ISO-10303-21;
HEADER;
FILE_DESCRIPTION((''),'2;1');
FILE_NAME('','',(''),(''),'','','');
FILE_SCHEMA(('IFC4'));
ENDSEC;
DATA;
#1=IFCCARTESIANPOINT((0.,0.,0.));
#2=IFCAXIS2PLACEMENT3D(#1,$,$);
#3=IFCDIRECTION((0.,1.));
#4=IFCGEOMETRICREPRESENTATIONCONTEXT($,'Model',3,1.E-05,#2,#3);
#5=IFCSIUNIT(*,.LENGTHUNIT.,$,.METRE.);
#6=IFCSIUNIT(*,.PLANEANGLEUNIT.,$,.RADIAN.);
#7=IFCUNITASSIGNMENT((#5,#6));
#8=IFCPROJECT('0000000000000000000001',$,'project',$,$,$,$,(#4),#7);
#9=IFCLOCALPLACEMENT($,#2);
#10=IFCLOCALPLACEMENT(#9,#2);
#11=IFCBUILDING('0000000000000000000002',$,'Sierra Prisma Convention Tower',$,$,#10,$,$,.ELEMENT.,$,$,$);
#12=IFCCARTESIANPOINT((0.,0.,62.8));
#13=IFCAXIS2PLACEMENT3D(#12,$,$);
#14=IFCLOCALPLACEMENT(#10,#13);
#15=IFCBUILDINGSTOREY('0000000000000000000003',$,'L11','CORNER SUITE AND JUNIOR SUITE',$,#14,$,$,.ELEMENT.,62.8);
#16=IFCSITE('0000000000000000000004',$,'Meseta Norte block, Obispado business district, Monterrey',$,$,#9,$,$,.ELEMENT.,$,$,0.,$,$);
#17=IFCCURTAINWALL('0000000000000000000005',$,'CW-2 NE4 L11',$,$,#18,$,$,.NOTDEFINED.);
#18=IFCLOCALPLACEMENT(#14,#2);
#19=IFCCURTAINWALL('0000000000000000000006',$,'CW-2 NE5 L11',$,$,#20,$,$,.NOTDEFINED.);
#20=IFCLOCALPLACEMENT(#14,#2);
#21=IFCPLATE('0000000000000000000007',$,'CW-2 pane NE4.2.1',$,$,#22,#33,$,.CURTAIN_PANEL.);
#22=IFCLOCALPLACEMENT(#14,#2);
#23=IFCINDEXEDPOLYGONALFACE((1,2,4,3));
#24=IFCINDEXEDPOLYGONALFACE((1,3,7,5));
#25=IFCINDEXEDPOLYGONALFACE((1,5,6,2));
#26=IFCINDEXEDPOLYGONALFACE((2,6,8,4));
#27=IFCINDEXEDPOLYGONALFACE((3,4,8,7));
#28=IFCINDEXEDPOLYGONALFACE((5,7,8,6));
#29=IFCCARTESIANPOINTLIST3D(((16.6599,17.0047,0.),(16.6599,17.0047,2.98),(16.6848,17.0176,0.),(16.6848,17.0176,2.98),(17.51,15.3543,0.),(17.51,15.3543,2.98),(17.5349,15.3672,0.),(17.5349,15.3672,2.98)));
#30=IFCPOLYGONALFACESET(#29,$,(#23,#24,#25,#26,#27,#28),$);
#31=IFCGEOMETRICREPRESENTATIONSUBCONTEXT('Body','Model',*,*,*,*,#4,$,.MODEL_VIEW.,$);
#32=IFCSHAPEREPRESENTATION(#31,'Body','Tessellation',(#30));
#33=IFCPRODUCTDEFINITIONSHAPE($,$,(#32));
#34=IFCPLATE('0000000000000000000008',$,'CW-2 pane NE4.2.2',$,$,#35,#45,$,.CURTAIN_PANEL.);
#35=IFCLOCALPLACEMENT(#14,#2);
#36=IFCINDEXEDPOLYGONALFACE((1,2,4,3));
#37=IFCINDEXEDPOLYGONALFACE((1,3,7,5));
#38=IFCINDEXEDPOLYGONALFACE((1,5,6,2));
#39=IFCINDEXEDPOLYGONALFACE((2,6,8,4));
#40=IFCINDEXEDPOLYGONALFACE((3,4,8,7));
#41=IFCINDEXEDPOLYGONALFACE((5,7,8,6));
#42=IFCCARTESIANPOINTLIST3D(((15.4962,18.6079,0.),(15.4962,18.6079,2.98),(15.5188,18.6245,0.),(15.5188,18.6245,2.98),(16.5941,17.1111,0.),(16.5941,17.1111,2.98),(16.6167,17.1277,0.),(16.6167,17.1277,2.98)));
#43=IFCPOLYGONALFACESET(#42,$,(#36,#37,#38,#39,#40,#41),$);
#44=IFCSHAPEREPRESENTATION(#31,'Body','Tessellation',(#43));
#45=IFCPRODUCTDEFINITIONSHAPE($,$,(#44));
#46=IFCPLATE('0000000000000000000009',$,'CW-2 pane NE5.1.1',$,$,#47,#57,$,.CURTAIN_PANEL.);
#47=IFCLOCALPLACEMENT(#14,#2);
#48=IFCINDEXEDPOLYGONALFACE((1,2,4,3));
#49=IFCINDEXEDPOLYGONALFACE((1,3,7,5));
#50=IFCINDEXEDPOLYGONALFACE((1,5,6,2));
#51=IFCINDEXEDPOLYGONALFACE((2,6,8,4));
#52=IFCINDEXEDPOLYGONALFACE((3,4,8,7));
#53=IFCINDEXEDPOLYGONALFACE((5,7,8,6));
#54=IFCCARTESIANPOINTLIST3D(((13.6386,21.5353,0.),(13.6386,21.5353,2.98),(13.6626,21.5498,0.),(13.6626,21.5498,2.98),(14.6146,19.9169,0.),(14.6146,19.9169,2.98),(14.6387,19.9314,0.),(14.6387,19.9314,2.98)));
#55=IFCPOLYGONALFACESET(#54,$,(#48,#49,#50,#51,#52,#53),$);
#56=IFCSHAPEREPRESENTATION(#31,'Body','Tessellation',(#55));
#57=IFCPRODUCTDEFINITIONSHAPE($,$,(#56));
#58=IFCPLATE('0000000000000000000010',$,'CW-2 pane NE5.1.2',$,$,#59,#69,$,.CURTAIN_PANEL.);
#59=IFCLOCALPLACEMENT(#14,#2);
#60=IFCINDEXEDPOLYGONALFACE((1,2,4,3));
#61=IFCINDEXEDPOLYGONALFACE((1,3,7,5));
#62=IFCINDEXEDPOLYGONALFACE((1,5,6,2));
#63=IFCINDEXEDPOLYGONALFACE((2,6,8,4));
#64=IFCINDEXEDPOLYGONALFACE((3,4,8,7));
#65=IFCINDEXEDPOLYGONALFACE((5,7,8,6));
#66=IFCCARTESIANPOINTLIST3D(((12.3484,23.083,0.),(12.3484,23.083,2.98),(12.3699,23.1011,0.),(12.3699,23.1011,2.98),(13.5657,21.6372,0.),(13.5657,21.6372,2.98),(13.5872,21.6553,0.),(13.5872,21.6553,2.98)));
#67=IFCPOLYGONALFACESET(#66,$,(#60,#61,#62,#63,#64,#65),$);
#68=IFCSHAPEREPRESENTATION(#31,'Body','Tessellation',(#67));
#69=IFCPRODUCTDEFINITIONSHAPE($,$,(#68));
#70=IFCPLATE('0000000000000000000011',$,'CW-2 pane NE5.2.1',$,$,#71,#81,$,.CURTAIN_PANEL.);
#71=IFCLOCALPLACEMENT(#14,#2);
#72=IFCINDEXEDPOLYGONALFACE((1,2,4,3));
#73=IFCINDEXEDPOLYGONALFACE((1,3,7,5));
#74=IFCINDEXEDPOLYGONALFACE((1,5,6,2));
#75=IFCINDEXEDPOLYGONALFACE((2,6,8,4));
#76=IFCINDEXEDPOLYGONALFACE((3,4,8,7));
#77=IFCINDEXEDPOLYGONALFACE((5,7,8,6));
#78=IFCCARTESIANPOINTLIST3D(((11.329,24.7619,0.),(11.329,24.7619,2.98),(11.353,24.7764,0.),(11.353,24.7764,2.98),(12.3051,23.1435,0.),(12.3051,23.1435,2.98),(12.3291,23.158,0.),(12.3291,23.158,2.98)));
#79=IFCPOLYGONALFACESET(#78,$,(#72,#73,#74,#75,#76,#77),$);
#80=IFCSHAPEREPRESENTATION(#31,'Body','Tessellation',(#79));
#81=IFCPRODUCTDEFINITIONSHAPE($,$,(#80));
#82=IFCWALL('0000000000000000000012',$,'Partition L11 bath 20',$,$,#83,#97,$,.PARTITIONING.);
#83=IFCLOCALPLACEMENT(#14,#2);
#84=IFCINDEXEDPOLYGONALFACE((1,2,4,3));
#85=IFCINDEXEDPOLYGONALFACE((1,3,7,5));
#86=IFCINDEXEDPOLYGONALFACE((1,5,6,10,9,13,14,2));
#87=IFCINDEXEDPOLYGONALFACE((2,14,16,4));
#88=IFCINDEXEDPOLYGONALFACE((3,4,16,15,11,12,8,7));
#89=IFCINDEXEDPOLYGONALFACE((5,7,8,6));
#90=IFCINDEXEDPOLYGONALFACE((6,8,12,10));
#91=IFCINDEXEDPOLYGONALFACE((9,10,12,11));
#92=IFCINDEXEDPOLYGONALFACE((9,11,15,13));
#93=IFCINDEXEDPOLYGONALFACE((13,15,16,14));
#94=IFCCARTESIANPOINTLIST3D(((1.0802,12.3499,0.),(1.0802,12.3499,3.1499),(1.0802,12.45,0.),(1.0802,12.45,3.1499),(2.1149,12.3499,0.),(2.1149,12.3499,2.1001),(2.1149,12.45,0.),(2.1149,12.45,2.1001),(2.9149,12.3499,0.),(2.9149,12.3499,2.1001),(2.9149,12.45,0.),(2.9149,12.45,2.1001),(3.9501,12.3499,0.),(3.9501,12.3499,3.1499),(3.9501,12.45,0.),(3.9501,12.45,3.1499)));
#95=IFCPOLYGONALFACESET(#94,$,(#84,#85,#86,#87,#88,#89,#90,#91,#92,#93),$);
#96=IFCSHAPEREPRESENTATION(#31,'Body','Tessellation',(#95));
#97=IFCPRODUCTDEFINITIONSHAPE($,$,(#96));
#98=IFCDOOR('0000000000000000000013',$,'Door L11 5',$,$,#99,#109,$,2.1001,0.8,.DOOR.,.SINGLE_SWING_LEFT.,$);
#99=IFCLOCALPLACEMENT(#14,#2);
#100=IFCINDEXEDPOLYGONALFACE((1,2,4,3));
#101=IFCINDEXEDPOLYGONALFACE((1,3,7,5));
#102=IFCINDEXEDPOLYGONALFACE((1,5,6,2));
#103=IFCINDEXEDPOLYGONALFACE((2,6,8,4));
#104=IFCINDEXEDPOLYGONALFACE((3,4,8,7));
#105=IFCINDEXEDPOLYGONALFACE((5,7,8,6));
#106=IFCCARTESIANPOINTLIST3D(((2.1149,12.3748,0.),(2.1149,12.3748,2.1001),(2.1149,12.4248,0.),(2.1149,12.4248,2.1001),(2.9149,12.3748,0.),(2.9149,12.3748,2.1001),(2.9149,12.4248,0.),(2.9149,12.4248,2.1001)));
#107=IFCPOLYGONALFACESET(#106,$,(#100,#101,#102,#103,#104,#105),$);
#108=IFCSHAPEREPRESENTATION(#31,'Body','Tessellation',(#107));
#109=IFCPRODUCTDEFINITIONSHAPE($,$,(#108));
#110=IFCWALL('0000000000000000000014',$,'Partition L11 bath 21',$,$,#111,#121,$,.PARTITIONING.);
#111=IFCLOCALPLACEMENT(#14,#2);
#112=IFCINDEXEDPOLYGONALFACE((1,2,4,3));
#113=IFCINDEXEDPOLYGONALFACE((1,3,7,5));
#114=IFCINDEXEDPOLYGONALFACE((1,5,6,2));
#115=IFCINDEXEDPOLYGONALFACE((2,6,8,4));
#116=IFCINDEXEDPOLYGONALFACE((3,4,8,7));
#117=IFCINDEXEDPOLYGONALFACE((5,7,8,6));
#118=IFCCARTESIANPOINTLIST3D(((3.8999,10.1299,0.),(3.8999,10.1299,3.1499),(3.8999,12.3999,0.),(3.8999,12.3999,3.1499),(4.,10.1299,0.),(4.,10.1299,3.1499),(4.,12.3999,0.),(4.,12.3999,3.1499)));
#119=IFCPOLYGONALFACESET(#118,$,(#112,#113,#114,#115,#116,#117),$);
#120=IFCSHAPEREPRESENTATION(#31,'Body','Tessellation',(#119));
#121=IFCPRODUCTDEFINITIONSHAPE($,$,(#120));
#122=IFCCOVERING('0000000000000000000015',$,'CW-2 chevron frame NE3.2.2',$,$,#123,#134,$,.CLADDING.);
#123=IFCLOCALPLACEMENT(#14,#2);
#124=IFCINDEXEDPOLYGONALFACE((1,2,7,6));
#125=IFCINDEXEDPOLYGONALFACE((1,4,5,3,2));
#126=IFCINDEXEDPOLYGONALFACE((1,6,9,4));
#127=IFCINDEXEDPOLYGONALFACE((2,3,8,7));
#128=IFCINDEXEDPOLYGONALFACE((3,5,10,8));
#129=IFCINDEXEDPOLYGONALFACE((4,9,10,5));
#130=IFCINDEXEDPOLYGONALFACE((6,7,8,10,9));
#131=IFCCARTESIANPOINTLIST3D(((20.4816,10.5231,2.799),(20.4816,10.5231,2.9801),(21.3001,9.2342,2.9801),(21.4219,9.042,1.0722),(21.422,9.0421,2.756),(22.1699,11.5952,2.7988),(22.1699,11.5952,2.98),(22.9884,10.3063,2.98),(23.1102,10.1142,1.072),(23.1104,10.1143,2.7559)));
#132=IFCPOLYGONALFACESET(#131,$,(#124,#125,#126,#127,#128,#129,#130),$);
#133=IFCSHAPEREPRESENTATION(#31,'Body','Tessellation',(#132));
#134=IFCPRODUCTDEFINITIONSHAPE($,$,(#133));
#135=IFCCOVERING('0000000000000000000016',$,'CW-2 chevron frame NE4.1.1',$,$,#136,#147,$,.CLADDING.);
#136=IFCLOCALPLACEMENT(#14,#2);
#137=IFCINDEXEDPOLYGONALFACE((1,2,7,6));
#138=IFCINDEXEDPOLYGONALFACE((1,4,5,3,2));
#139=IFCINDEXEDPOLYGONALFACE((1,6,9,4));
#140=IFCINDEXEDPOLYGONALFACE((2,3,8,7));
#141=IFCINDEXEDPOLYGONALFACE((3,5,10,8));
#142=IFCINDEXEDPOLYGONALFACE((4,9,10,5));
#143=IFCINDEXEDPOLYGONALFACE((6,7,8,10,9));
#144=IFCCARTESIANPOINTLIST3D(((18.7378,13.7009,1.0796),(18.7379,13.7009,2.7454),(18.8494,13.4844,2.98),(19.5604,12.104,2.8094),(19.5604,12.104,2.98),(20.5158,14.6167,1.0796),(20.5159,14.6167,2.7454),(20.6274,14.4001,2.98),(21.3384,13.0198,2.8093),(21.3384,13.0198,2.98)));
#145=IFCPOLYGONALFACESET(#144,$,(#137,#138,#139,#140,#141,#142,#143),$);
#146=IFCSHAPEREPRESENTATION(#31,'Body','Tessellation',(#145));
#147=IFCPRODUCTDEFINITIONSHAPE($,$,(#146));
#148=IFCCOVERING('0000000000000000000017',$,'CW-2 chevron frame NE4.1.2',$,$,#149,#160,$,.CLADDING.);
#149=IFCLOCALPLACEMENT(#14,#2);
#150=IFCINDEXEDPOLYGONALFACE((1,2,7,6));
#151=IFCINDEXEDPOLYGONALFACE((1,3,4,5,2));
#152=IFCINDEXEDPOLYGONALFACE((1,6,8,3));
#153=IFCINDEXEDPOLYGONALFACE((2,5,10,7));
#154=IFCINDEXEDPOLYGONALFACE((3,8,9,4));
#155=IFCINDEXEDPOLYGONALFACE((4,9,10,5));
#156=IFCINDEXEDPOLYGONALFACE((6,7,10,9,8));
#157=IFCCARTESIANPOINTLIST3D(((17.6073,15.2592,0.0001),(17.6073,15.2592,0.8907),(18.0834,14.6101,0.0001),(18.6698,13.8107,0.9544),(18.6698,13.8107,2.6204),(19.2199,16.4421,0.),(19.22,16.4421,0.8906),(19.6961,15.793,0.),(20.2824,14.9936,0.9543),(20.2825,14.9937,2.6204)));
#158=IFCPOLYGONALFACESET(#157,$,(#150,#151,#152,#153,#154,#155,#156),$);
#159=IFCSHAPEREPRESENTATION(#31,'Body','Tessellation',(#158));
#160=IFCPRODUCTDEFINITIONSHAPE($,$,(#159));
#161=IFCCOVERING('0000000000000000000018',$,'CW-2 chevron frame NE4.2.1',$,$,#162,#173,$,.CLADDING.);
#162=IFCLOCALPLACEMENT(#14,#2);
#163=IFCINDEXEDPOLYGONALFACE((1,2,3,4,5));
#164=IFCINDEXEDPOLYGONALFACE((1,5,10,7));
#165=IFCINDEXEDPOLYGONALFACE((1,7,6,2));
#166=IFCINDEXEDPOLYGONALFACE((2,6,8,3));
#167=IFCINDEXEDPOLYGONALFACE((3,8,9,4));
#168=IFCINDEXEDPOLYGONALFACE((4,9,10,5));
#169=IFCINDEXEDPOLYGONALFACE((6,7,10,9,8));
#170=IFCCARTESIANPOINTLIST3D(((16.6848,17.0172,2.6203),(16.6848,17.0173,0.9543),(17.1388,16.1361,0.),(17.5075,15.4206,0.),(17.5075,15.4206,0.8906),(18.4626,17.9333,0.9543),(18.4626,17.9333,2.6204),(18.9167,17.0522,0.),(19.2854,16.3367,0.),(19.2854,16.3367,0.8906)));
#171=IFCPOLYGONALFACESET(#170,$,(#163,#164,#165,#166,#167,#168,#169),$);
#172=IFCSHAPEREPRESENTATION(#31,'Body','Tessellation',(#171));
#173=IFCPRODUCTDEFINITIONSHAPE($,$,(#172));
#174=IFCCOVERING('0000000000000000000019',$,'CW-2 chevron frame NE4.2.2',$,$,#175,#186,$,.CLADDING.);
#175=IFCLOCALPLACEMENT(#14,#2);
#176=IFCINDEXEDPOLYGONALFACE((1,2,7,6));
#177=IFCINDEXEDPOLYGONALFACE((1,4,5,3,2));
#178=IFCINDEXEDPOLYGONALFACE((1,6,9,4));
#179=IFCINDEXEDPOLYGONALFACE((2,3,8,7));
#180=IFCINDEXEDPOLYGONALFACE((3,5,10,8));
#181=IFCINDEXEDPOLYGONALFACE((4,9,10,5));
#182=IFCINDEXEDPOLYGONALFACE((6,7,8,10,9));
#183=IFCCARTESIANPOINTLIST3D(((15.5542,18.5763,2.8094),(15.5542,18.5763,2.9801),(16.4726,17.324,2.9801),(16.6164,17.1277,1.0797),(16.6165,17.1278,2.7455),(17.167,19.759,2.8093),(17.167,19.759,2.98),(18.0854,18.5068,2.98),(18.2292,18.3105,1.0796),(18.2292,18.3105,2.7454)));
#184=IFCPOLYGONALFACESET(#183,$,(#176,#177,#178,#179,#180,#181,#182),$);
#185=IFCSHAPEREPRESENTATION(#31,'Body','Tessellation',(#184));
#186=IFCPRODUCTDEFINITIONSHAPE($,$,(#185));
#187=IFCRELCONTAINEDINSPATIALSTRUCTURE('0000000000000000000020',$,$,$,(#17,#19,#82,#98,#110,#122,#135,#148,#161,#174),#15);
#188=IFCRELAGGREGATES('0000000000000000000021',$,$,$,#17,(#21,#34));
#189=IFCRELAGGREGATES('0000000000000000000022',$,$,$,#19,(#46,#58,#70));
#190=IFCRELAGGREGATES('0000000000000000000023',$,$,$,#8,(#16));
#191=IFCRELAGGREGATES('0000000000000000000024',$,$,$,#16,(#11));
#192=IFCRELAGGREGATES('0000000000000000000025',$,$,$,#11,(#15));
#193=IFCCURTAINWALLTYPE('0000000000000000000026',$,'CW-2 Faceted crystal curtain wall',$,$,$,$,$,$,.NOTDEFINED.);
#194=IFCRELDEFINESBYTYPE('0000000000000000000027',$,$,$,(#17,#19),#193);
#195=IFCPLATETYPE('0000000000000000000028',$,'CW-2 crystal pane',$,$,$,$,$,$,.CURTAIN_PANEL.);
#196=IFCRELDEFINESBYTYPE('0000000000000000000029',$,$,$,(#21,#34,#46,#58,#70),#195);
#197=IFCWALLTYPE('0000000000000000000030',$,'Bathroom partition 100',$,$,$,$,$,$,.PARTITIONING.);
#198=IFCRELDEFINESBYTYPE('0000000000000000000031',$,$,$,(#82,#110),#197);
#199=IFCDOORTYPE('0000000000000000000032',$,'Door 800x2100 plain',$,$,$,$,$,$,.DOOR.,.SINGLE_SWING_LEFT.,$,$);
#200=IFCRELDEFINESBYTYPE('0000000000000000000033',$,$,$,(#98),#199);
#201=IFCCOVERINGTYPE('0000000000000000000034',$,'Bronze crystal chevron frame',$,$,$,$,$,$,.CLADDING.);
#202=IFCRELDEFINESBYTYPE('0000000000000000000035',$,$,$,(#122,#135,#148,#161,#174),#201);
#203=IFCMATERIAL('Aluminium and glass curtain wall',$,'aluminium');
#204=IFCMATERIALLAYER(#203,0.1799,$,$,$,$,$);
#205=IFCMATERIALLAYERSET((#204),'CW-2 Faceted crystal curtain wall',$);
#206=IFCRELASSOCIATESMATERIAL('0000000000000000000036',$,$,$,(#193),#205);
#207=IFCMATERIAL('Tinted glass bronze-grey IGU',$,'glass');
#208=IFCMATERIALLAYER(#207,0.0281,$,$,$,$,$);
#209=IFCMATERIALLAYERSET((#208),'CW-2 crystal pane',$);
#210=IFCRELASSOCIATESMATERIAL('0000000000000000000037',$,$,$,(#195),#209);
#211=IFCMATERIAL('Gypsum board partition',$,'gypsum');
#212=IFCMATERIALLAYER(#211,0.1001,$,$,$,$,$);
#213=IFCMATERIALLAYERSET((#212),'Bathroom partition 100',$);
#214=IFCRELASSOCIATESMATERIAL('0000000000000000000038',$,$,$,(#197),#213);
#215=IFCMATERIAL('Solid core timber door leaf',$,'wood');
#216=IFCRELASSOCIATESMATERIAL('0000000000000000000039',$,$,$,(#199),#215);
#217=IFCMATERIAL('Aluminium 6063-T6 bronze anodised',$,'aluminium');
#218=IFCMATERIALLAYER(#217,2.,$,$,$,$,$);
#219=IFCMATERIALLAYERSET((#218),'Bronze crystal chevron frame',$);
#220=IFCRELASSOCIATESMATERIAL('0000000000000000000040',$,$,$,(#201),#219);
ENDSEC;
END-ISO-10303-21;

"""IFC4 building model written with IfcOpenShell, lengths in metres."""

from ifc_helpers import new_model, si_unit, direction, frame, frame_2d, origin, place, context, subcontext, project, spatial, polyline, rectangle, outline, extrude, material, layer, layer_set, type_object, element, fill, aggregate, save


model = new_model("IFC4")

# Units and contexts
model_context = context("Model", 3, precision=1e-05, world=origin(), true_north=direction((0.0, 1.0)))
body_context = subcontext(model_context, "Body", "Model", "MODEL_VIEW")
ifc_project = project(units=[si_unit("LENGTHUNIT", "METRE"), si_unit("PLANEANGLEUNIT", "RADIAN")], contexts=[model_context])

# Site, building, storey
site_placement = place(None, origin())
site = spatial("IfcSite", under=ifc_project, at=site_placement, Name="Meseta Norte block, Obispado business district, Monterrey", CompositionType="ELEMENT", RefElevation=0.0)
building_placement = place(site_placement, origin())
building = spatial("IfcBuilding", under=site, at=building_placement, Name="Sierra Prisma Convention Tower", CompositionType="ELEMENT")
storey_placement = place(building_placement, frame((0.0, 0.0, 62.8)))
storey = spatial("IfcBuildingStorey", under=building, at=storey_placement, Name="L11", Description="CORNER SUITE AND JUNIOR SUITE", CompositionType="ELEMENT", Elevation=62.8)

# Curtain wall
ifc_material_1 = material(Name="Aluminium and glass curtain wall", Category="aluminium")
ifc_layer_1 = layer(ifc_material_1, 0.1799)
ifc_layer_set_1 = layer_set([ifc_layer_1], Name="CW-2 Faceted crystal curtain wall")
curtain_wall_type = type_object("IfcCurtainWallType", Name="CW-2 Faceted crystal curtain wall", PredefinedType="NOTDEFINED", material=ifc_layer_set_1)
curtain_wall_1_placement = place(storey_placement, origin())
curtain_wall_1 = element("IfcCurtainWall", 1, at=curtain_wall_1_placement, inside=storey, type_object=curtain_wall_type, Name="CW-2 NE4 L11", PredefinedType="NOTDEFINED")

# Curtain wall
curtain_wall_2_placement = place(storey_placement, origin())
curtain_wall_2 = element("IfcCurtainWall", 2, at=curtain_wall_2_placement, inside=storey, type_object=curtain_wall_type, Name="CW-2 NE5 L11", PredefinedType="NOTDEFINED")

# Shared definitions
ifc_material_2 = material(Name="Tinted glass bronze-grey IGU", Category="glass")
ifc_layer_2 = layer(ifc_material_2, 0.0281)
ifc_layer_set_2 = layer_set([ifc_layer_2], Name="CW-2 crystal pane")
plate_type = type_object("IfcPlateType", Name="CW-2 crystal pane", PredefinedType="CURTAIN_PANEL", material=ifc_layer_set_2)

# Plates
plate_1_placement = place(storey_placement, frame((17.5349, 15.3672, 0.0), z_axis=(0.888997, 0.457912, 0.0), x_axis=(-0.457912, 0.888997, 0.0)))
plate_1 = element("IfcPlate", 3, at=plate_1_placement, type_object=plate_type, Name="CW-2 pane NE4.2.1", PredefinedType="CURTAIN_PANEL", context=body_context, shape_type="SweptSolid", body=[
    extrude(outline(polyline([(0.0, 0.0), (1.8565, 0.0), (1.8565, 2.98), (0.0, 2.98), (0.0, 0.0)])), origin(), (0.0, 0.0, -1.0), 0.0281),
])
plate_2_placement = place(storey_placement, frame((15.5188, 18.6245, 0.0), z_axis=(0.806346, 0.591443, 0.0), x_axis=(0.591443, -0.806346, 0.0)))
plate_2 = element("IfcPlate", 4, at=plate_2_placement, type_object=plate_type, Name="CW-2 pane NE4.2.2", PredefinedType="CURTAIN_PANEL", context=body_context, shape_type="SweptSolid", body=[
    extrude(outline(polyline([(0.0, 0.0), (1.8563, 0.0), (1.8563, -2.98), (0.0, -2.98), (0.0, 0.0)])), origin(), (0.0, 0.0, -1.0), 0.0281),
])
aggregate(curtain_wall_1, [plate_1, plate_2])
plate_3_placement = place(storey_placement, frame((14.6387, 19.9314, 0.0), z_axis=(0.856317, 0.516451, 0.0), x_axis=(-0.516451, 0.856317, 0.0)))
plate_3 = element("IfcPlate", 5, at=plate_3_placement, type_object=plate_type, Name="CW-2 pane NE5.1.1", PredefinedType="CURTAIN_PANEL", context=body_context, shape_type="SweptSolid", body=[
    extrude(outline(polyline([(0.0, 0.0), (1.89, 0.0), (1.89, 2.98), (0.0, 2.98), (0.0, 0.0)])), origin(), (0.0, 0.0, -1.0), 0.0281),
])
plate_4_placement = place(storey_placement, frame((12.3699, 23.1011, 0.0), z_axis=(0.764971, 0.644064, 0.0), x_axis=(0.644064, -0.764971, 0.0)))
plate_4 = element("IfcPlate", 6, at=plate_4_placement, type_object=plate_type, Name="CW-2 pane NE5.1.2", PredefinedType="CURTAIN_PANEL", context=body_context, shape_type="SweptSolid", body=[
    extrude(outline(polyline([(0.0, 0.0), (1.89, 0.0), (1.89, -2.98), (0.0, -2.98), (0.0, 0.0)])), origin(), (0.0, 0.0, -1.0), 0.0281),
])
plate_5_placement = place(storey_placement, frame((12.3291, 23.158, 0.0), z_axis=(0.856317, 0.516451, 0.0), x_axis=(-0.516451, 0.856317, 0.0)))
plate_5 = element("IfcPlate", 7, at=plate_5_placement, type_object=plate_type, Name="CW-2 pane NE5.2.1", PredefinedType="CURTAIN_PANEL", context=body_context, shape_type="SweptSolid", body=[
    extrude(outline(polyline([(0.0, 0.0), (1.89, 0.0), (1.89, 2.98), (0.0, 2.98), (0.0, 0.0)])), origin(), (0.0, 0.0, -1.0), 0.0281),
])
aggregate(curtain_wall_2, [plate_3, plate_4, plate_5])

# Wall, opening, door
ifc_material_3 = material(Name="Gypsum board partition", Category="gypsum")
ifc_layer_3 = layer(ifc_material_3, 0.1001)
ifc_layer_set_3 = layer_set([ifc_layer_3], Name="Bathroom partition 100")
wall_type = type_object("IfcWallType", Name="Bathroom partition 100", PredefinedType="PARTITIONING", material=ifc_layer_set_3)
wall_1_placement = place(storey_placement, frame((1.0801, 12.3999, 0.0), z_axis=(0.0, 0.0, 1.0), x_axis=(1.0, 0.0, 0.0)))
wall_1 = element("IfcWall", 8, at=wall_1_placement, inside=storey, type_object=wall_type, Name="Partition L11 bath 20", PredefinedType="PARTITIONING", context=body_context, shape_type="SweptSolid", body=[
    extrude(rectangle(XDim=2.8699, YDim=0.1001, at=frame_2d((1.4351, 0.0))), origin(), (0.0, 0.0, 1.0), 3.1499),
])
opening_placement = place(wall_1_placement, frame((1.0349, 0.0, 0.0)))
opening = element("IfcOpeningElement", 9, at=opening_placement, cuts=wall_1, PredefinedType="OPENING", context=body_context, shape_type="SweptSolid", body=[
    extrude(rectangle(XDim=0.8, YDim=2.1001, at=frame_2d((0.3999, 1.05))), frame((0.0, 0.05, 0.0), z_axis=(0.0, -1.0, 0.0), x_axis=(1.0, 0.0, 0.0)), (0.0, 0.0, 1.0), 0.1001),
])
ifc_material_4 = material(Name="Solid core timber door leaf", Category="wood")
door_type = type_object("IfcDoorType", Name="Door 800x2100 plain", OperationType="SINGLE_SWING_LEFT", PredefinedType="DOOR", material=ifc_material_4)
door_placement = place(opening_placement, origin())
door = element("IfcDoor", 10, at=door_placement, inside=storey, type_object=door_type, Name="Door L11 5", OperationType="SINGLE_SWING_LEFT", OverallHeight=2.1001, OverallWidth=0.8, PredefinedType="DOOR", context=body_context, shape_type="SweptSolid", body=[
    extrude(rectangle(XDim=0.8, YDim=2.1001, at=frame_2d((0.3999, 1.05))), frame((0.0, 0.0249, 0.0), z_axis=(0.0, -1.0, 0.0), x_axis=(1.0, 0.0, 0.0)), (0.0, 0.0, 1.0), 0.05),
])
fill(opening, door)

# Wall
wall_2_placement = place(storey_placement, frame((3.95, 12.3999, 0.0), z_axis=(0.0, 0.0, 1.0), x_axis=(0.0, -1.0, 0.0)))
element("IfcWall", 11, at=wall_2_placement, inside=storey, type_object=wall_type, Name="Partition L11 bath 21", PredefinedType="PARTITIONING", context=body_context, shape_type="SweptSolid", body=[
    extrude(rectangle(XDim=2.27, YDim=0.1001, at=frame_2d((1.135, 0.0))), origin(), (0.0, 0.0, 1.0), 3.1499),
])

# Coverings
ifc_material_5 = material(Name="Aluminium 6063-T6 bronze anodised", Category="aluminium")
ifc_layer_4 = layer(ifc_material_5, 2.0)
ifc_layer_set_4 = layer_set([ifc_layer_4], Name="Bronze crystal chevron frame")
covering_type = type_object("IfcCoveringType", Name="Bronze crystal chevron frame", PredefinedType="CLADDING", material=ifc_layer_set_4)
covering_1_placement = place(storey_placement, frame((22.1699, 11.5952, 2.98), z_axis=(0.844172, 0.536073, -0.000076), x_axis=(0.536073, -0.844172, 0.0)))
element("IfcCovering", 12, at=covering_1_placement, inside=storey, type_object=covering_type, Name="CW-2 chevron frame NE3.2.2", PredefinedType="CLADDING", context=body_context, shape_type="SweptSolid", body=[
    extrude(outline(polyline([(0.0, 0.0), (1.5268, 0.0), (1.7543, 0.2241), (1.7543, 1.908), (0.0, 0.1812), (0.0, 0.0)])), origin(), (0.0, 0.0, -1.0), 2.0),
])
covering_2_placement = place(storey_placement, frame((21.3384, 13.0198, 2.98), z_axis=(0.889009, 0.45789, -0.000015), x_axis=(-0.000014, -0.000007, -1.0)))
element("IfcCovering", 13, at=covering_2_placement, inside=storey, type_object=covering_type, Name="CW-2 chevron frame NE4.1.1", PredefinedType="CLADDING", context=body_context, shape_type="SweptSolid", body=[
    extrude(outline(polyline([(0.0, 0.0), (0.1707, 0.0), (1.9004, 1.7963), (0.2346, 1.7963), (0.0, 1.5527), (0.0, 0.0)])), origin(), (0.0, 0.0, -1.0), 2.0),
])
covering_3_placement = place(storey_placement, frame((20.2825, 14.9937, 2.6204), z_axis=(0.806341, 0.591451, -0.000029), x_axis=(-0.000023, -0.000017, -1.0)))
element("IfcCovering", 14, at=covering_3_placement, inside=storey, type_object=covering_type, Name="CW-2 chevron frame NE4.1.2", PredefinedType="CLADDING", context=body_context, shape_type="SweptSolid", body=[
    extrude(outline(polyline([(0.0, 0.0), (1.666, 0.0), (2.6204, 0.9914), (2.6204, 1.7964), (1.7297, 1.7964), (0.0, 0.0)])), origin(), (0.0, 0.0, -1.0), 2.0),
])
covering_4_placement = place(storey_placement, frame((19.2854, 16.3367, 0.0), z_axis=(0.88893, 0.458043, 0.000023), x_axis=(-0.458043, 0.88893, 0.0)))
element("IfcCovering", 15, at=covering_4_placement, inside=storey, type_object=covering_type, Name="CW-2 chevron frame NE4.2.1", PredefinedType="CLADDING", context=body_context, shape_type="SweptSolid", body=[
    extrude(outline(polyline([(0.0, 0.0), (0.805, 0.0), (1.7962, 0.9543), (1.7962, 2.6204), (0.0, 0.8906), (0.0, 0.0)])), origin(), (0.0, 0.0, -1.0), 2.0),
])
covering_5_placement = place(storey_placement, frame((17.167, 19.759, 2.98), z_axis=(0.806392, 0.591382, -0.00006), x_axis=(0.591382, -0.806392, 0.0)))
element("IfcCovering", 16, at=covering_5_placement, inside=storey, type_object=covering_type, Name="CW-2 chevron frame NE4.2.2", PredefinedType="CLADDING", context=body_context, shape_type="SweptSolid", body=[
    extrude(outline(polyline([(0.0, 0.0), (1.5529, 0.0), (1.7962, 0.2346), (1.7962, 1.9004), (0.0, 0.1707), (0.0, 0.0)])), origin(), (0.0, 0.0, -1.0), 2.0),
])

save(model, "model.ifc")
